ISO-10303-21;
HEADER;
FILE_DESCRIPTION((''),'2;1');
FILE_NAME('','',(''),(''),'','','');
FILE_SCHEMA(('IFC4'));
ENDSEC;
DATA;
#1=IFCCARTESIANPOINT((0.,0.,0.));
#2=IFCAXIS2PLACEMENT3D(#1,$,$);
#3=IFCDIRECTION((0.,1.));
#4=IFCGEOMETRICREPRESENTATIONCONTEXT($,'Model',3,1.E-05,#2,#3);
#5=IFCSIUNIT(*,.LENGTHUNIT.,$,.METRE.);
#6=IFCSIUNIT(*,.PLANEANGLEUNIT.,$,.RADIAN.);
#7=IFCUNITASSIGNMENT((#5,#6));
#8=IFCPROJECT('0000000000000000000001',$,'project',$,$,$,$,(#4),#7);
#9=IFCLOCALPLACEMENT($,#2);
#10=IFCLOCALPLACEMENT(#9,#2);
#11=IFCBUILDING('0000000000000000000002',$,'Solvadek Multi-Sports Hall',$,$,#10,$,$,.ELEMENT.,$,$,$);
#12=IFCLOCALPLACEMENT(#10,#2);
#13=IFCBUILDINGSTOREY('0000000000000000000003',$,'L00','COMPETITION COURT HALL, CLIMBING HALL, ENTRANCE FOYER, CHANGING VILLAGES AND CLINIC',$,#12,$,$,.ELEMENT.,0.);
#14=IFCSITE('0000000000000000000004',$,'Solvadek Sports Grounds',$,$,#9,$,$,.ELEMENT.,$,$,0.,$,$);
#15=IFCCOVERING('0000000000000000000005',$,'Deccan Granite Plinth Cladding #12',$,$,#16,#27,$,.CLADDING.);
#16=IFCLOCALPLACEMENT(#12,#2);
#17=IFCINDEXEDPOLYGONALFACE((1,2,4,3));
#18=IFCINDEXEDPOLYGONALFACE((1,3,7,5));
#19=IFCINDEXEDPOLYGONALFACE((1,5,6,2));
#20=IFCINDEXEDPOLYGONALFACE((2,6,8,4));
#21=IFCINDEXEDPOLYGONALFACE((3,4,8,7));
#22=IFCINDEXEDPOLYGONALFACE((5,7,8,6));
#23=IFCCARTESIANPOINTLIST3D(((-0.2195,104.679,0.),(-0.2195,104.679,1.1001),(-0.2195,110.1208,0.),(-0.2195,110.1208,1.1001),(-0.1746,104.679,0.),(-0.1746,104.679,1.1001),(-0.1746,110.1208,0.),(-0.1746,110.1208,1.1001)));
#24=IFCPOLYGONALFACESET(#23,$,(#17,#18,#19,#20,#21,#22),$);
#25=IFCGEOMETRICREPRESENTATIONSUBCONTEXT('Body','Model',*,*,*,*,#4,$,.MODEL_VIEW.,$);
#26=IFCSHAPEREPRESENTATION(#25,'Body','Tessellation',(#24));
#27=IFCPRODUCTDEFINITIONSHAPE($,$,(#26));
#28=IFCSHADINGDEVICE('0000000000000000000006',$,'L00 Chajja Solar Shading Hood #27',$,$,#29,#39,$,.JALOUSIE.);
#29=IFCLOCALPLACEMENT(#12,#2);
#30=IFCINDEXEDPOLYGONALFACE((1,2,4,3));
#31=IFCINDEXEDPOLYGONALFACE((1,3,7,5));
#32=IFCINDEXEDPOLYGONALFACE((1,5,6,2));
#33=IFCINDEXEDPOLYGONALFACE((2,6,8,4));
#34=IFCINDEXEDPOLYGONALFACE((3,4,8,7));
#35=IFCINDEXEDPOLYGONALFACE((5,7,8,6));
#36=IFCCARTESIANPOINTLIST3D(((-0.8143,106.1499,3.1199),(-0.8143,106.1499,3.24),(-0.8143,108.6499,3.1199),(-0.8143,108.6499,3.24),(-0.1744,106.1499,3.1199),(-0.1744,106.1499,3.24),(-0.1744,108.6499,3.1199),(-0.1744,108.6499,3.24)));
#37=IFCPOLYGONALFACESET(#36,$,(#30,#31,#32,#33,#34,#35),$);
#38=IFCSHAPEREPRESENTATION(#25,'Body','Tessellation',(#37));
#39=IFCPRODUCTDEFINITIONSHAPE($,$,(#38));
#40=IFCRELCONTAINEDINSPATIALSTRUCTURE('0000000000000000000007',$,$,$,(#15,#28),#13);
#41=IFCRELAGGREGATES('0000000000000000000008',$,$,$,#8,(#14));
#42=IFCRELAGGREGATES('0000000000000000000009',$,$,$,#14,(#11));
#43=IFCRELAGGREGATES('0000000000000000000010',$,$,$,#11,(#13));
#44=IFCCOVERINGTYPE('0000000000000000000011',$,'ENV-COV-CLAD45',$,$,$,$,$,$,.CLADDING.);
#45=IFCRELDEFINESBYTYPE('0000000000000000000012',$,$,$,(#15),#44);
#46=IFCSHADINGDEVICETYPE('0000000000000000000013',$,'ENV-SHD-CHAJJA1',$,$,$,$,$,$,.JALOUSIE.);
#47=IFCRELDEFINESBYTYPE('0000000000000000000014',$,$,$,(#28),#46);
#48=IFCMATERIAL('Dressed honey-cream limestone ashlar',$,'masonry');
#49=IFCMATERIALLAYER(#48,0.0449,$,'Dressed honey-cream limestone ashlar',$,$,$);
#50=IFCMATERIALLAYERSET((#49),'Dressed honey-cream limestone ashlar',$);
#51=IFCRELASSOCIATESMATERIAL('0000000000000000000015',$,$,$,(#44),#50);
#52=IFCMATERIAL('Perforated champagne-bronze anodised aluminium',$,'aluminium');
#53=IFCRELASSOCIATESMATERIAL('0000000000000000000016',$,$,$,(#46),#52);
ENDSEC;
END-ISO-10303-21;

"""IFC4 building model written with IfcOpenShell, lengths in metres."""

from ifc_helpers import new_model, si_unit, direction, frame, origin, origin_2d, place, context, subcontext, project, spatial, rectangle, extrude, material, layer, layer_set, type_object, element, save


model = new_model("IFC4")

# Units and contexts
model_context = context("Model", 3, precision=1e-05, world=origin(), true_north=direction((0.0, 1.0)))
body_context = subcontext(model_context, "Body", "Model", "MODEL_VIEW")
ifc_project = project(units=[si_unit("LENGTHUNIT", "METRE"), si_unit("PLANEANGLEUNIT", "RADIAN")], contexts=[model_context])

# Site, building, storey
site_placement = place(None, origin())
site = spatial("IfcSite", under=ifc_project, at=site_placement, Name="Solvadek Sports Grounds", CompositionType="ELEMENT", RefElevation=0.0)
building_placement = place(site_placement, origin())
building = spatial("IfcBuilding", under=site, at=building_placement, Name="Solvadek Multi-Sports Hall", CompositionType="ELEMENT")
storey_placement = place(building_placement, origin())
storey = spatial("IfcBuildingStorey", under=building, at=storey_placement, Name="L00", Description="COMPETITION COURT HALL, CLIMBING HALL, ENTRANCE FOYER, CHANGING VILLAGES AND CLINIC", CompositionType="ELEMENT", Elevation=0.0)

# Covering
ifc_material_1 = material(Name="Dressed honey-cream limestone ashlar", Category="masonry")
ifc_layer_1 = layer(ifc_material_1, 0.0449, Name="Dressed honey-cream limestone ashlar")
ifc_layer_set_1 = layer_set([ifc_layer_1], Name="Dressed honey-cream limestone ashlar")
covering_type = type_object("IfcCoveringType", Name="ENV-COV-CLAD45", PredefinedType="CLADDING", material=ifc_layer_set_1)
covering_placement = place(storey_placement, frame((-0.197, 107.3999, 0.0), z_axis=(0.0, 0.0, 1.0), x_axis=(0.0, 1.0, 0.0)))
element("IfcCovering", 1, at=covering_placement, inside=storey, type_object=covering_type, Name="Deccan Granite Plinth Cladding #12", PredefinedType="CLADDING", context=body_context, shape_type="SweptSolid", body=[
    extrude(rectangle(XDim=5.4419, YDim=0.0449, at=origin_2d()), origin(), (0.0, 0.0, 1.0), 1.1001),
])

# Shading device
ifc_material_2 = material(Name="Perforated champagne-bronze anodised aluminium", Category="aluminium")
shading_device_type = type_object("IfcShadingDeviceType", Name="ENV-SHD-CHAJJA1", PredefinedType="JALOUSIE", material=ifc_material_2)
shading_device_placement = place(storey_placement, frame((-0.4944, 107.3999, 3.1199), z_axis=(0.0, 0.0, 1.0), x_axis=(0.0, 1.0, 0.0)))
element("IfcShadingDevice", 2, at=shading_device_placement, inside=storey, type_object=shading_device_type, Name="L00 Chajja Solar Shading Hood #27", PredefinedType="JALOUSIE", context=body_context, shape_type="SweptSolid", body=[
    extrude(rectangle(XDim=2.5, YDim=0.6399, at=origin_2d()), origin(), (0.0, 0.0, 1.0), 0.1201),
])

save(model, "model.ifc")
